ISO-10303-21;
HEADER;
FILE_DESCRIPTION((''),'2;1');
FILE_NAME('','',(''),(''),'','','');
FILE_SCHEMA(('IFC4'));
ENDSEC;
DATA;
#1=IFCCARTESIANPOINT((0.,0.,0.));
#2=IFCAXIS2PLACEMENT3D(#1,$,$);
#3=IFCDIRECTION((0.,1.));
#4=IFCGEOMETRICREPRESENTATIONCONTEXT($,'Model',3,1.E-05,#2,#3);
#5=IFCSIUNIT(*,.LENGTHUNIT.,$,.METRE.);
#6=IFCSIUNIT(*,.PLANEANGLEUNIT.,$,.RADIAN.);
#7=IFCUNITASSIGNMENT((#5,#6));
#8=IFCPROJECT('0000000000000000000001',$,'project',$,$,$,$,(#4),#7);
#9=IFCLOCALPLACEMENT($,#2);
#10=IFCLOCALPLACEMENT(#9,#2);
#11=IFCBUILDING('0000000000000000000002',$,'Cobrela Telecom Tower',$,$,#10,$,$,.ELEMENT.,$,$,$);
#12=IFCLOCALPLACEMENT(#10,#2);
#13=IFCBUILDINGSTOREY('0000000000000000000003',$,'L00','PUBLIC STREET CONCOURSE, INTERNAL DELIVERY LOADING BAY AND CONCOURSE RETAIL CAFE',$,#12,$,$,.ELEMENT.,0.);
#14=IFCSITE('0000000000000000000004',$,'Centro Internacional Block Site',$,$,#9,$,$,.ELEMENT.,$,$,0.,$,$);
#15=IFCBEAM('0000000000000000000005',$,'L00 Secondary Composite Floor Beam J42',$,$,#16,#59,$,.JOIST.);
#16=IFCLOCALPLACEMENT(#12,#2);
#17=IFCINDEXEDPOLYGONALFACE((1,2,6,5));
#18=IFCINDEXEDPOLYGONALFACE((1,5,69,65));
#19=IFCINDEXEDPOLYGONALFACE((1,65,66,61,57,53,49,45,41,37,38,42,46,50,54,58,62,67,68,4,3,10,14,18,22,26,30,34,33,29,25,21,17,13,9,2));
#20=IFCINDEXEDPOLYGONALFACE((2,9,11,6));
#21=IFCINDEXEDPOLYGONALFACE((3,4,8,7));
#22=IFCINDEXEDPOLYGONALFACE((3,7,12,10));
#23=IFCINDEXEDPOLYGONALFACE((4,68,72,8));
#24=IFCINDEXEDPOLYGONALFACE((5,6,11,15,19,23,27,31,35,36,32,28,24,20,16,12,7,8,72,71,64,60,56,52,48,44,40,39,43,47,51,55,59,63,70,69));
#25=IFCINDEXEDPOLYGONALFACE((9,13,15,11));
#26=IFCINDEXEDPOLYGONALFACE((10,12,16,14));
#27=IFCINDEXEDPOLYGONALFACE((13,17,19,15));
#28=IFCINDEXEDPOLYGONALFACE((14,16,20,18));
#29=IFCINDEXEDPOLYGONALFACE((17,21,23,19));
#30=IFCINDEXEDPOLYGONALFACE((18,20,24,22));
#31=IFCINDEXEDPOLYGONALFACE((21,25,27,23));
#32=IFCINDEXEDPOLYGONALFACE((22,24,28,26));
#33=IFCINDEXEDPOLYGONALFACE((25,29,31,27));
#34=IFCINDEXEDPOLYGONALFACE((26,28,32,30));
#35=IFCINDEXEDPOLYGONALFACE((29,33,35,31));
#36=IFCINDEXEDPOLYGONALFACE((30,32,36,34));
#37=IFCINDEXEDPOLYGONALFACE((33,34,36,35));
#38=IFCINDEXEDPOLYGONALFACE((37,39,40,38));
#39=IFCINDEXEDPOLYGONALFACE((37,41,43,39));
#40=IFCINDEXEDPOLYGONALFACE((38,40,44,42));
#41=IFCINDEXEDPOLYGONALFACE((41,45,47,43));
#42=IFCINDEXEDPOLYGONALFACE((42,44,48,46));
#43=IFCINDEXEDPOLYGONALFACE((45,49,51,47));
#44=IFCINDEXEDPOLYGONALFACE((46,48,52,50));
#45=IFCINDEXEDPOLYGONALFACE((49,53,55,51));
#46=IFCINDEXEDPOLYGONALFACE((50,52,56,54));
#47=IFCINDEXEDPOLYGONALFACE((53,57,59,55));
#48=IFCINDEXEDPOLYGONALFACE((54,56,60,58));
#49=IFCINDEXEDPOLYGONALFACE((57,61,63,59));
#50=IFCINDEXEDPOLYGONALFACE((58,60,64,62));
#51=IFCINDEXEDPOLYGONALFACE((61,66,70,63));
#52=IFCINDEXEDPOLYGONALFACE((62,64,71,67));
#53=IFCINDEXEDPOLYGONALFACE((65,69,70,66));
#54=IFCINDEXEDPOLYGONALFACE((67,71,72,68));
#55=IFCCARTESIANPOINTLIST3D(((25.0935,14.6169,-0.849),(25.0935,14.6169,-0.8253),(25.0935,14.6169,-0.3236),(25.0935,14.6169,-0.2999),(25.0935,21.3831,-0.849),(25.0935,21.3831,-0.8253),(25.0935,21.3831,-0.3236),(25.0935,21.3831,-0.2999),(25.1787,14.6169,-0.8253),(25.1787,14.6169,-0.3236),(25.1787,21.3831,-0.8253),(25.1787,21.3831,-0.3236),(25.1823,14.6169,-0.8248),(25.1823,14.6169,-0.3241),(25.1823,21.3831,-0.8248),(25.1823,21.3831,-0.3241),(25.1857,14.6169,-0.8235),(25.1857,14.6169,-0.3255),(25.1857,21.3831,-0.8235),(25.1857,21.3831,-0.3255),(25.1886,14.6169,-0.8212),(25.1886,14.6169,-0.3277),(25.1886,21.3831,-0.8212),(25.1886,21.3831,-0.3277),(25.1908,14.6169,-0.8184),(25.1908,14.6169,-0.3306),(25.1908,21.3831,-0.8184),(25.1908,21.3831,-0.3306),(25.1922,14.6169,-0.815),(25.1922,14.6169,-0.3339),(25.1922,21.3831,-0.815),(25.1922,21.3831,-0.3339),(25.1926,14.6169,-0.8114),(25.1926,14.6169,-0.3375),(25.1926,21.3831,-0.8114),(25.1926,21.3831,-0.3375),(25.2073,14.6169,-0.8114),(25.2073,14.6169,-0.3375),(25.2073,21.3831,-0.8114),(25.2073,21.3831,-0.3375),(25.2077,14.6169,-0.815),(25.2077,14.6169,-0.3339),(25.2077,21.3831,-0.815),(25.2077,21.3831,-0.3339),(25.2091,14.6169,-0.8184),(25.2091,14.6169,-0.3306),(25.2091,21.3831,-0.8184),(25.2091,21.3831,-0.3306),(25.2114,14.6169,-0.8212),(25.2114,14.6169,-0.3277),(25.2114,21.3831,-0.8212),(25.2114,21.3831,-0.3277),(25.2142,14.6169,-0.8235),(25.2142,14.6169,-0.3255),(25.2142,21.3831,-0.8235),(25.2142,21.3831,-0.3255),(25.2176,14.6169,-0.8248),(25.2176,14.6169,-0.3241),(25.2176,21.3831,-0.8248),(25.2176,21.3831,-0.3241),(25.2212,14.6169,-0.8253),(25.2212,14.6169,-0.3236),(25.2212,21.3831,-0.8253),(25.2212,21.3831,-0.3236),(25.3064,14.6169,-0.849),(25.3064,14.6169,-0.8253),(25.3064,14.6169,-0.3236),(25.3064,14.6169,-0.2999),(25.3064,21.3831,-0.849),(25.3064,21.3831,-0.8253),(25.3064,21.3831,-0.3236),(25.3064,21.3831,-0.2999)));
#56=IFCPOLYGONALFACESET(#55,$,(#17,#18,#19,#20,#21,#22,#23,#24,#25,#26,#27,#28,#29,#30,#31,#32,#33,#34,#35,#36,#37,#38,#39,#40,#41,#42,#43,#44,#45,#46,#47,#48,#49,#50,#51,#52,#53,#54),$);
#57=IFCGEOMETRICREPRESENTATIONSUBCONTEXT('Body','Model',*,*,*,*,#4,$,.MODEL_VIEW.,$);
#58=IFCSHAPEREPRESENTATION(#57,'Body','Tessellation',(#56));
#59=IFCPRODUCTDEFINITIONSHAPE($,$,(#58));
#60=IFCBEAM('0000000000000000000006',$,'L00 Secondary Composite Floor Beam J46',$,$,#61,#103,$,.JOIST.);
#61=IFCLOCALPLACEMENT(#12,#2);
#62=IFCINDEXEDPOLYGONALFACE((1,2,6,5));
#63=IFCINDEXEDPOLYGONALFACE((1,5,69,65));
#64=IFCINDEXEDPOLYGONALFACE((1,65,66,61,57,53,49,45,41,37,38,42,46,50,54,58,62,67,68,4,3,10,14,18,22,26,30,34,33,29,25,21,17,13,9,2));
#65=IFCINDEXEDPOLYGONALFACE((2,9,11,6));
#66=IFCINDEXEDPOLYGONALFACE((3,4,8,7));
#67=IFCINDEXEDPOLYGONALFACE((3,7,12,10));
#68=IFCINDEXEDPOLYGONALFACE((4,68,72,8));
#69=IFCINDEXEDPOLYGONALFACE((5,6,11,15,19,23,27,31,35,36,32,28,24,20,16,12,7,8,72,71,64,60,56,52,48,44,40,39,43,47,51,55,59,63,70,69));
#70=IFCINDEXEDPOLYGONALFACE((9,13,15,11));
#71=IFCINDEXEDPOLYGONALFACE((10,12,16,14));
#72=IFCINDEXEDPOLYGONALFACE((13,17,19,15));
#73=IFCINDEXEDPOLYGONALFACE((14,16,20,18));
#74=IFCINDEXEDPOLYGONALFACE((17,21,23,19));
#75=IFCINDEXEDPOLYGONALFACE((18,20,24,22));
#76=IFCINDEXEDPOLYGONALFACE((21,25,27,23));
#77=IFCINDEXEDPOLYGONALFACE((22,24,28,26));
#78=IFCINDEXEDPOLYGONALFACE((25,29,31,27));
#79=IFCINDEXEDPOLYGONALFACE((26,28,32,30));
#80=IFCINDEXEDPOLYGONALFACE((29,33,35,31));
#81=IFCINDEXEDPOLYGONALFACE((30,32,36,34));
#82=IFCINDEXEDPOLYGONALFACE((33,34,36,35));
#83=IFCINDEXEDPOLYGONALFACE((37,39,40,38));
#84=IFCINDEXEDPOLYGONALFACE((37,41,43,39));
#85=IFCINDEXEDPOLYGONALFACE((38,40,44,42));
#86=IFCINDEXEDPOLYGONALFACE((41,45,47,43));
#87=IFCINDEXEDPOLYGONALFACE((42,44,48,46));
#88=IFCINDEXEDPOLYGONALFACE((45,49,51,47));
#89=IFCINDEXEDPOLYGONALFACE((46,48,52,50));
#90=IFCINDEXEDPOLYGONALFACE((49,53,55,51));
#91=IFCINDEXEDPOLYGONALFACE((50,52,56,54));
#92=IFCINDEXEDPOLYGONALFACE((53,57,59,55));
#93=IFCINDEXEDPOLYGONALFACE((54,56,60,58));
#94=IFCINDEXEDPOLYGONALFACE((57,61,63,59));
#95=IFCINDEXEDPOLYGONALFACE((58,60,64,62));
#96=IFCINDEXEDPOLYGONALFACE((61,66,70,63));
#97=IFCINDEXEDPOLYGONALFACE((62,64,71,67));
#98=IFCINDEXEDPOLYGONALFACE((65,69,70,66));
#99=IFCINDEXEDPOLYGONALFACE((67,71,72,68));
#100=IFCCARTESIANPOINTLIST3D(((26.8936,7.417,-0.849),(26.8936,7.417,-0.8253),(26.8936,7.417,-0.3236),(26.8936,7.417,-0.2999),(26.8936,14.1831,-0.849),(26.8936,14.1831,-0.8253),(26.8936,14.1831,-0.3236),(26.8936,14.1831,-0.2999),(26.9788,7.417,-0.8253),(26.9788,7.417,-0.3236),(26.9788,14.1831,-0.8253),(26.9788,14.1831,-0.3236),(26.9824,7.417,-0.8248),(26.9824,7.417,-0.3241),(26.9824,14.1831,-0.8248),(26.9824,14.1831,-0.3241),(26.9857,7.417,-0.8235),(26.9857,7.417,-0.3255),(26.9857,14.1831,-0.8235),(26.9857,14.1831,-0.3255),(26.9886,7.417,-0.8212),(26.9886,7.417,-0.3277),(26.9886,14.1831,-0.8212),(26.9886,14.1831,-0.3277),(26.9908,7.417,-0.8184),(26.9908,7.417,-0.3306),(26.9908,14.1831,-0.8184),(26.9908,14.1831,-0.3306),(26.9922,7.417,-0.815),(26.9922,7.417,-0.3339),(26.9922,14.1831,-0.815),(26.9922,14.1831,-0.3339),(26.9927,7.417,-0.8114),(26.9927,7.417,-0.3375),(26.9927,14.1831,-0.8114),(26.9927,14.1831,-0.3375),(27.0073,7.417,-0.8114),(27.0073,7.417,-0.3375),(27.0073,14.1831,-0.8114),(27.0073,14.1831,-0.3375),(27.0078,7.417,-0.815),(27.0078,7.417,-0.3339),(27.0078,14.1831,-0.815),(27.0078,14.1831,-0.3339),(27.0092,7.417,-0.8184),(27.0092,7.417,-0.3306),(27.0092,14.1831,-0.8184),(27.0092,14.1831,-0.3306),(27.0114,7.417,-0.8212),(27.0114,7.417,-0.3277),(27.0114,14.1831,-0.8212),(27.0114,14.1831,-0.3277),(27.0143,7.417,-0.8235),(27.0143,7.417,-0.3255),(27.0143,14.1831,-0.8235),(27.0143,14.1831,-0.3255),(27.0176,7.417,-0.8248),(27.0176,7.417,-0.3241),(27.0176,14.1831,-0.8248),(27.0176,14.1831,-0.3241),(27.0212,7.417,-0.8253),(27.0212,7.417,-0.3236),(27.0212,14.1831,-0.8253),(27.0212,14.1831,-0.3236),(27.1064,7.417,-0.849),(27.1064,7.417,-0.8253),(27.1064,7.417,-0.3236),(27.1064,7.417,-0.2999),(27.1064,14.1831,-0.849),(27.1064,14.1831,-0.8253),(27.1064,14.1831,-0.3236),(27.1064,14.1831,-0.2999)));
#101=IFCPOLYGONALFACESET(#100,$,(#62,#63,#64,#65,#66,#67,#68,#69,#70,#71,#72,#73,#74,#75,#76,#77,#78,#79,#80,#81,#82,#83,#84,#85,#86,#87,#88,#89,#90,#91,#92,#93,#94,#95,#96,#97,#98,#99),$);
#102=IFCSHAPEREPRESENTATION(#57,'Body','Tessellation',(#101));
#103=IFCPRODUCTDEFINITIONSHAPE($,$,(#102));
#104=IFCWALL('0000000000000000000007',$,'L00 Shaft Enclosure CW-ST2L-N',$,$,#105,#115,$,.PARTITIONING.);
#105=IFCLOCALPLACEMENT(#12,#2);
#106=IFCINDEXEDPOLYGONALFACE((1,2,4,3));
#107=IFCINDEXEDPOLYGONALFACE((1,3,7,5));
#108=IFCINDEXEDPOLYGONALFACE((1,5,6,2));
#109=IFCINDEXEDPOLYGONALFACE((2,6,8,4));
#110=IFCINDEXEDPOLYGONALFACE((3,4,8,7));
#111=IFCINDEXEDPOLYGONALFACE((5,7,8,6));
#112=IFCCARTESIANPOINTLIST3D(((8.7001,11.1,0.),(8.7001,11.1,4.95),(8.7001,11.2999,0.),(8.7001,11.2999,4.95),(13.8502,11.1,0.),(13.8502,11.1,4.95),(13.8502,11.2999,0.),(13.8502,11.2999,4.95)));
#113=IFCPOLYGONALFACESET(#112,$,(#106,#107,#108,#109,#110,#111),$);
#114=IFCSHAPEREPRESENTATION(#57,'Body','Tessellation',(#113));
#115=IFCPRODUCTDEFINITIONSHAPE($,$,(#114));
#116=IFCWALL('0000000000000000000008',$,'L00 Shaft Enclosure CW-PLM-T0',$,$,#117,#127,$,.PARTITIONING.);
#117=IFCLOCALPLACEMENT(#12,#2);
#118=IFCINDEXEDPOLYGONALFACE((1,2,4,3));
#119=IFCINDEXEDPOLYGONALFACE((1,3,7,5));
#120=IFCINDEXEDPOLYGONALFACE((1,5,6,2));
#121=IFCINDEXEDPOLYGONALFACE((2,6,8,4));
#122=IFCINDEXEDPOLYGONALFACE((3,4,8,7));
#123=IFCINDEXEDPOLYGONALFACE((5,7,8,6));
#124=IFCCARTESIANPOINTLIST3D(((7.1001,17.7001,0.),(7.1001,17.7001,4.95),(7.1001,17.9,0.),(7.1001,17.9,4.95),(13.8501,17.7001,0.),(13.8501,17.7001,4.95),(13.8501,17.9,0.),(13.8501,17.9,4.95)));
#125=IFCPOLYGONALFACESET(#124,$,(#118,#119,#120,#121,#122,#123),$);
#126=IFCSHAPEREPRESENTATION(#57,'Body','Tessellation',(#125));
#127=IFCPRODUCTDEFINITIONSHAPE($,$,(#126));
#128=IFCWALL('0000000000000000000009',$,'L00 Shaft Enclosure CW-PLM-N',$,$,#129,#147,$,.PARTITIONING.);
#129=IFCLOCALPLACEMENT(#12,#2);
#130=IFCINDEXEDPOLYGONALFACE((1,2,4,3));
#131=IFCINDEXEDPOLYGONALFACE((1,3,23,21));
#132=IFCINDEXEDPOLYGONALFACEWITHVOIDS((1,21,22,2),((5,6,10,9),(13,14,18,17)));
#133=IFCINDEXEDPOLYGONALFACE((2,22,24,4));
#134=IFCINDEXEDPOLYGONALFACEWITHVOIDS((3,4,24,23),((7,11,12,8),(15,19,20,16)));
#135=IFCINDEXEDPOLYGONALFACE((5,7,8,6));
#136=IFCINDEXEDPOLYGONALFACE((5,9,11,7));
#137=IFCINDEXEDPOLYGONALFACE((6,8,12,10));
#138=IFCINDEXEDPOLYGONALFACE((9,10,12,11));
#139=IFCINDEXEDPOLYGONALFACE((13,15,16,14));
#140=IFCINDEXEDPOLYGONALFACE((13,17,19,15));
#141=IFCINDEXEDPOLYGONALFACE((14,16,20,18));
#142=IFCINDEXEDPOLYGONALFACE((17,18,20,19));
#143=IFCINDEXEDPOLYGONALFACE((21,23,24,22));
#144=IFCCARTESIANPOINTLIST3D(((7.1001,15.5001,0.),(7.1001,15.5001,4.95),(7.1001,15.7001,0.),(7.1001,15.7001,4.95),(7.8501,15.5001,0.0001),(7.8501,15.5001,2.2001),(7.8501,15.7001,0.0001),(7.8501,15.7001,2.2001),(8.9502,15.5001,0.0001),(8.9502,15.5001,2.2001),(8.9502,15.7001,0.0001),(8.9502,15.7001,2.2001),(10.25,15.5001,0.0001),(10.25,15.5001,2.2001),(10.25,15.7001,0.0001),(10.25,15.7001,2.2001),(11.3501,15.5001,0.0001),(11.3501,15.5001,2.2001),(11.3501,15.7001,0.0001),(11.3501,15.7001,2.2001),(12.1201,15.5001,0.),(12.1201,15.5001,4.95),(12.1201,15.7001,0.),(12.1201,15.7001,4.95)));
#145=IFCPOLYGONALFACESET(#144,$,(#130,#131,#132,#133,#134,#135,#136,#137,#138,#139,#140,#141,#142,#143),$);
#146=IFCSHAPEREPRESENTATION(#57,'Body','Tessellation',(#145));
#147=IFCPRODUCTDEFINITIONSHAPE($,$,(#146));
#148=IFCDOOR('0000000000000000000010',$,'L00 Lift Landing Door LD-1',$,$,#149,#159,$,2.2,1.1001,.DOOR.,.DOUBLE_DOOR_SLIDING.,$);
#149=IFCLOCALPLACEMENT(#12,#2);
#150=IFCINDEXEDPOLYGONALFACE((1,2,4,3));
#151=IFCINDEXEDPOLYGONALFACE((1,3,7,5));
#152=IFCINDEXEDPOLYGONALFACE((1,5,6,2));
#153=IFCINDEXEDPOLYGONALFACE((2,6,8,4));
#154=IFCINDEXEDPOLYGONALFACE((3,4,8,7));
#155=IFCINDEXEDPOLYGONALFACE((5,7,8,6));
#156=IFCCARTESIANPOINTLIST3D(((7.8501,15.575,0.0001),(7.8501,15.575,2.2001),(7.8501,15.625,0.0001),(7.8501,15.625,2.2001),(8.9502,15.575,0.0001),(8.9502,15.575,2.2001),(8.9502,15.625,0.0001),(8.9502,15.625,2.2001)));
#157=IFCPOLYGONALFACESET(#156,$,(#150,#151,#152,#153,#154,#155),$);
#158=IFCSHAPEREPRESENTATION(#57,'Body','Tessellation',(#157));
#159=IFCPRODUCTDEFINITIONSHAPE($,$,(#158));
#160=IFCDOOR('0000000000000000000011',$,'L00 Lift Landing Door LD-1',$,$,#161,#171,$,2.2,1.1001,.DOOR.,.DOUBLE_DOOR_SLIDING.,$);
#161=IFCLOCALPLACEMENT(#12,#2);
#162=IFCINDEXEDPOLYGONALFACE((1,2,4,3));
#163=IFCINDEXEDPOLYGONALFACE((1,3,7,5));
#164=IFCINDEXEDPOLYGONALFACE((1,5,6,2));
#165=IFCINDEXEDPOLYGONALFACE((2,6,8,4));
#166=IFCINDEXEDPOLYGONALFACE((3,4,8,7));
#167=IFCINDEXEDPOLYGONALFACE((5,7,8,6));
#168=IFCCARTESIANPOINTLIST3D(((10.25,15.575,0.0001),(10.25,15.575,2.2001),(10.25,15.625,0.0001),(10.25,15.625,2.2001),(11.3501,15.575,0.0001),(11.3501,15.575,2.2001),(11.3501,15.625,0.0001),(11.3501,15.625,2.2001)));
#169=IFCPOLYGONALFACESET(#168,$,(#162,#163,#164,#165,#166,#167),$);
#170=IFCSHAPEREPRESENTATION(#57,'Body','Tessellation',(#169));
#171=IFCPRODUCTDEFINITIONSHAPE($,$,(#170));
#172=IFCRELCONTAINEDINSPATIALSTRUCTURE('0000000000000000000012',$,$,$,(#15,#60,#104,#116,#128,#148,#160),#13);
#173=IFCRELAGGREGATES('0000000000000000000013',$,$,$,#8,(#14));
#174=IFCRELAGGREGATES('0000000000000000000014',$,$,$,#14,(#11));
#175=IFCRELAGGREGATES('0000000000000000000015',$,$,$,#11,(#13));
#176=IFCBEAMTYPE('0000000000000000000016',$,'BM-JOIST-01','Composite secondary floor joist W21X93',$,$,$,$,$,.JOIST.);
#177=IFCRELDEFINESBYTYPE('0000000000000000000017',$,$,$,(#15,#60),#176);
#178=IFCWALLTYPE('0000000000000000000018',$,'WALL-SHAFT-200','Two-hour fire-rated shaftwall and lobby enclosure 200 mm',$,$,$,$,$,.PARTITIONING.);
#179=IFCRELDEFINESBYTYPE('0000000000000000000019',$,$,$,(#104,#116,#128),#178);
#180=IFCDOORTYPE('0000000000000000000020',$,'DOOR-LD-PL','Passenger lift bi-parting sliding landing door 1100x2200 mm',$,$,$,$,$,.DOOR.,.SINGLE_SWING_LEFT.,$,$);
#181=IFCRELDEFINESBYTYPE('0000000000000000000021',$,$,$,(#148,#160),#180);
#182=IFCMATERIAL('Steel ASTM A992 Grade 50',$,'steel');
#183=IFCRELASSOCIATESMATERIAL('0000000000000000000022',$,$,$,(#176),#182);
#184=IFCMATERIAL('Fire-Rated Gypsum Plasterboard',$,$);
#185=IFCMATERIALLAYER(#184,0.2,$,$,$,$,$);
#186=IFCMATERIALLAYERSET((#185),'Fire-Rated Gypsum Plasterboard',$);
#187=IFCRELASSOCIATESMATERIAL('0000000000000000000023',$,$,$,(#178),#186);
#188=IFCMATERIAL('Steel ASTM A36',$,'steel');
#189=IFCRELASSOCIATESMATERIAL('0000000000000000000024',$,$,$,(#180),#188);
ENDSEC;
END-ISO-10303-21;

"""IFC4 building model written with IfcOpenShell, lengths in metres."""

from ifc_helpers import new_model, si_unit, direction, frame, frame_2d, origin, origin_2d, place, context, subcontext, project, spatial, rectangle, i_section, extrude, material, layer, layer_set, material_profile, profile_set, type_object, element, fill, save


model = new_model("IFC4")

# Units and contexts
model_context = context("Model", 3, precision=1e-05, world=origin(), true_north=direction((0.0, 1.0)))
body_context = subcontext(model_context, "Body", "Model", "MODEL_VIEW")
ifc_project = project(units=[si_unit("LENGTHUNIT", "METRE"), si_unit("PLANEANGLEUNIT", "RADIAN")], contexts=[model_context])

# Site, building, storey
site_placement = place(None, origin())
site = spatial("IfcSite", under=ifc_project, at=site_placement, Name="Centro Internacional Block Site", CompositionType="ELEMENT", RefElevation=0.0)
building_placement = place(site_placement, origin())
building = spatial("IfcBuilding", under=site, at=building_placement, Name="Cobrela Telecom Tower", CompositionType="ELEMENT")
storey_placement = place(building_placement, origin())
storey = spatial("IfcBuildingStorey", under=building, at=storey_placement, Name="L00", Description="PUBLIC STREET CONCOURSE, INTERNAL DELIVERY LOADING BAY AND CONCOURSE RETAIL CAFE", CompositionType="ELEMENT", Elevation=0.0)

# Beams
ifc_material_1 = material(Name="Steel ASTM A992 Grade 50", Category="steel")
ifc_material_profile_1 = material_profile(ifc_material_1, i_section(OverallWidth=0.2129, OverallDepth=0.5491, WebThickness=0.0146, FlangeThickness=0.0237, FilletRadius=0.0139, at=origin_2d()), Name="W21X93")
ifc_profile_set_1 = profile_set([ifc_material_profile_1], Name="Steel ASTM A992 Grade 50")
beam_type_1 = type_object("IfcBeamType", Name="BM-JOIST-01", Description="Composite secondary floor joist W21X93", PredefinedType="JOIST", material=ifc_profile_set_1)
for number, where, z_axis, x_axis, name in (
    (1, (25.2, 14.6169, -0.5745), (0.0, 1.0, 0.0), (-1.0, 0.0, 0.0), "L00 Secondary Composite Floor Beam J42"),
    (2, (27.0, 7.417, -0.5745), (0.0, 1.0, 0.0), (-1.0, 0.0, 0.0), "L00 Secondary Composite Floor Beam J46"),
):
    element("IfcBeam", number, at=place(storey_placement, frame(where, z_axis=z_axis, x_axis=x_axis)), inside=storey, type_object=beam_type_1, Name=name, PredefinedType="JOIST", context=body_context, shape_type="SweptSolid", body=[
        extrude(i_section(OverallWidth=0.2129, OverallDepth=0.5491, WebThickness=0.0146, FlangeThickness=0.0237, FilletRadius=0.0139, at=origin_2d()), origin(), (0.0, 0.0, 1.0), 6.7661),
    ])

# Walls
ifc_material_2 = material(Name="Fire-Rated Gypsum Plasterboard")
ifc_layer_1 = layer(ifc_material_2, 0.2)
ifc_layer_set_1 = layer_set([ifc_layer_1], Name="Fire-Rated Gypsum Plasterboard")
wall_type_1 = type_object("IfcWallType", Name="WALL-SHAFT-200", Description="Two-hour fire-rated shaftwall and lobby enclosure 200 mm", PredefinedType="PARTITIONING", material=ifc_layer_set_1)
wall_1_placement = place(storey_placement, frame((8.7, 11.2, 0.0), z_axis=(0.0, 0.0, 1.0), x_axis=(1.0, 0.0, 0.0)))
element("IfcWall", 3, at=wall_1_placement, inside=storey, type_object=wall_type_1, Name="L00 Shaft Enclosure CW-ST2L-N", PredefinedType="PARTITIONING", context=body_context, shape_type="SweptSolid", body=[
    extrude(rectangle(XDim=5.1501, YDim=0.2, at=frame_2d((2.5752, 0.0))), origin(), (0.0, 0.0, 1.0), 4.95),
])
wall_2_placement = place(storey_placement, frame((7.1001, 17.8, 0.0), z_axis=(0.0, 0.0, 1.0), x_axis=(1.0, 0.0, 0.0)))
element("IfcWall", 4, at=wall_2_placement, inside=storey, type_object=wall_type_1, Name="L00 Shaft Enclosure CW-PLM-T0", PredefinedType="PARTITIONING", context=body_context, shape_type="SweptSolid", body=[
    extrude(rectangle(XDim=6.75, YDim=0.2, at=frame_2d((3.375, 0.0))), origin(), (0.0, 0.0, 1.0), 4.95),
])

# Wall, openings, doors
wall_3_placement = place(storey_placement, frame((7.1001, 15.6001, 0.0), z_axis=(0.0, 0.0, 1.0), x_axis=(1.0, 0.0, 0.0)))
wall_3 = element("IfcWall", 5, at=wall_3_placement, inside=storey, type_object=wall_type_1, Name="L00 Shaft Enclosure CW-PLM-N", PredefinedType="PARTITIONING", context=body_context, shape_type="SweptSolid", body=[
    extrude(rectangle(XDim=5.02, YDim=0.2, at=frame_2d((2.51, 0.0))), origin(), (0.0, 0.0, 1.0), 4.95),
])
opening_1_placement = place(wall_3_placement, frame((0.75, 0.0, 0.0)))
opening_1 = element("IfcOpeningElement", 6, at=opening_1_placement, cuts=wall_3, PredefinedType="OPENING", context=body_context, shape_type="SweptSolid", body=[
    extrude(rectangle(XDim=1.1001, YDim=2.2, at=frame_2d((0.55, 1.1001))), frame((0.0, 0.1118, 0.0), z_axis=(0.0, -1.0, 0.0), x_axis=(1.0, 0.0, 0.0)), (0.0, 0.0, 1.0), 0.2239),
])
opening_2_placement = place(wall_3_placement, frame((3.1499, 0.0, 0.0)))
opening_2 = element("IfcOpeningElement", 7, at=opening_2_placement, cuts=wall_3, PredefinedType="OPENING", context=body_context, shape_type="SweptSolid", body=[
    extrude(rectangle(XDim=1.1001, YDim=2.2, at=frame_2d((0.55, 1.1001))), frame((0.0, 0.1118, 0.0), z_axis=(0.0, -1.0, 0.0), x_axis=(1.0, 0.0, 0.0)), (0.0, 0.0, 1.0), 0.2239),
])
ifc_material_3 = material(Name="Steel ASTM A36", Category="steel")
door_type_1 = type_object("IfcDoorType", Name="DOOR-LD-PL", Description="Passenger lift bi-parting sliding landing door 1100x2200 mm", OperationType="SINGLE_SWING_LEFT", PredefinedType="DOOR", material=ifc_material_3)
door_1_placement = place(opening_1_placement, origin())
door_1 = element("IfcDoor", 8, at=door_1_placement, inside=storey, type_object=door_type_1, Name="L00 Lift Landing Door LD-1", OperationType="DOUBLE_DOOR_SLIDING", OverallHeight=2.2, OverallWidth=1.1001, PredefinedType="DOOR", context=body_context, shape_type="SweptSolid", body=[
    extrude(rectangle(XDim=1.1001, YDim=2.2, at=frame_2d((0.55, 1.1001))), frame((0.0, 0.0249, 0.0), z_axis=(0.0, -1.0, 0.0), x_axis=(1.0, 0.0, 0.0)), (0.0, 0.0, 1.0), 0.05),
])
fill(opening_1, door_1)
door_2_placement = place(opening_2_placement, origin())
door_2 = element("IfcDoor", 9, at=door_2_placement, inside=storey, type_object=door_type_1, Name="L00 Lift Landing Door LD-1", OperationType="DOUBLE_DOOR_SLIDING", OverallHeight=2.2, OverallWidth=1.1001, PredefinedType="DOOR", context=body_context, shape_type="SweptSolid", body=[
    extrude(rectangle(XDim=1.1001, YDim=2.2, at=frame_2d((0.55, 1.1001))), frame((0.0, 0.0249, 0.0), z_axis=(0.0, -1.0, 0.0), x_axis=(1.0, 0.0, 0.0)), (0.0, 0.0, 1.0), 0.05),
])
fill(opening_2, door_2)

save(model, "model.ifc")
